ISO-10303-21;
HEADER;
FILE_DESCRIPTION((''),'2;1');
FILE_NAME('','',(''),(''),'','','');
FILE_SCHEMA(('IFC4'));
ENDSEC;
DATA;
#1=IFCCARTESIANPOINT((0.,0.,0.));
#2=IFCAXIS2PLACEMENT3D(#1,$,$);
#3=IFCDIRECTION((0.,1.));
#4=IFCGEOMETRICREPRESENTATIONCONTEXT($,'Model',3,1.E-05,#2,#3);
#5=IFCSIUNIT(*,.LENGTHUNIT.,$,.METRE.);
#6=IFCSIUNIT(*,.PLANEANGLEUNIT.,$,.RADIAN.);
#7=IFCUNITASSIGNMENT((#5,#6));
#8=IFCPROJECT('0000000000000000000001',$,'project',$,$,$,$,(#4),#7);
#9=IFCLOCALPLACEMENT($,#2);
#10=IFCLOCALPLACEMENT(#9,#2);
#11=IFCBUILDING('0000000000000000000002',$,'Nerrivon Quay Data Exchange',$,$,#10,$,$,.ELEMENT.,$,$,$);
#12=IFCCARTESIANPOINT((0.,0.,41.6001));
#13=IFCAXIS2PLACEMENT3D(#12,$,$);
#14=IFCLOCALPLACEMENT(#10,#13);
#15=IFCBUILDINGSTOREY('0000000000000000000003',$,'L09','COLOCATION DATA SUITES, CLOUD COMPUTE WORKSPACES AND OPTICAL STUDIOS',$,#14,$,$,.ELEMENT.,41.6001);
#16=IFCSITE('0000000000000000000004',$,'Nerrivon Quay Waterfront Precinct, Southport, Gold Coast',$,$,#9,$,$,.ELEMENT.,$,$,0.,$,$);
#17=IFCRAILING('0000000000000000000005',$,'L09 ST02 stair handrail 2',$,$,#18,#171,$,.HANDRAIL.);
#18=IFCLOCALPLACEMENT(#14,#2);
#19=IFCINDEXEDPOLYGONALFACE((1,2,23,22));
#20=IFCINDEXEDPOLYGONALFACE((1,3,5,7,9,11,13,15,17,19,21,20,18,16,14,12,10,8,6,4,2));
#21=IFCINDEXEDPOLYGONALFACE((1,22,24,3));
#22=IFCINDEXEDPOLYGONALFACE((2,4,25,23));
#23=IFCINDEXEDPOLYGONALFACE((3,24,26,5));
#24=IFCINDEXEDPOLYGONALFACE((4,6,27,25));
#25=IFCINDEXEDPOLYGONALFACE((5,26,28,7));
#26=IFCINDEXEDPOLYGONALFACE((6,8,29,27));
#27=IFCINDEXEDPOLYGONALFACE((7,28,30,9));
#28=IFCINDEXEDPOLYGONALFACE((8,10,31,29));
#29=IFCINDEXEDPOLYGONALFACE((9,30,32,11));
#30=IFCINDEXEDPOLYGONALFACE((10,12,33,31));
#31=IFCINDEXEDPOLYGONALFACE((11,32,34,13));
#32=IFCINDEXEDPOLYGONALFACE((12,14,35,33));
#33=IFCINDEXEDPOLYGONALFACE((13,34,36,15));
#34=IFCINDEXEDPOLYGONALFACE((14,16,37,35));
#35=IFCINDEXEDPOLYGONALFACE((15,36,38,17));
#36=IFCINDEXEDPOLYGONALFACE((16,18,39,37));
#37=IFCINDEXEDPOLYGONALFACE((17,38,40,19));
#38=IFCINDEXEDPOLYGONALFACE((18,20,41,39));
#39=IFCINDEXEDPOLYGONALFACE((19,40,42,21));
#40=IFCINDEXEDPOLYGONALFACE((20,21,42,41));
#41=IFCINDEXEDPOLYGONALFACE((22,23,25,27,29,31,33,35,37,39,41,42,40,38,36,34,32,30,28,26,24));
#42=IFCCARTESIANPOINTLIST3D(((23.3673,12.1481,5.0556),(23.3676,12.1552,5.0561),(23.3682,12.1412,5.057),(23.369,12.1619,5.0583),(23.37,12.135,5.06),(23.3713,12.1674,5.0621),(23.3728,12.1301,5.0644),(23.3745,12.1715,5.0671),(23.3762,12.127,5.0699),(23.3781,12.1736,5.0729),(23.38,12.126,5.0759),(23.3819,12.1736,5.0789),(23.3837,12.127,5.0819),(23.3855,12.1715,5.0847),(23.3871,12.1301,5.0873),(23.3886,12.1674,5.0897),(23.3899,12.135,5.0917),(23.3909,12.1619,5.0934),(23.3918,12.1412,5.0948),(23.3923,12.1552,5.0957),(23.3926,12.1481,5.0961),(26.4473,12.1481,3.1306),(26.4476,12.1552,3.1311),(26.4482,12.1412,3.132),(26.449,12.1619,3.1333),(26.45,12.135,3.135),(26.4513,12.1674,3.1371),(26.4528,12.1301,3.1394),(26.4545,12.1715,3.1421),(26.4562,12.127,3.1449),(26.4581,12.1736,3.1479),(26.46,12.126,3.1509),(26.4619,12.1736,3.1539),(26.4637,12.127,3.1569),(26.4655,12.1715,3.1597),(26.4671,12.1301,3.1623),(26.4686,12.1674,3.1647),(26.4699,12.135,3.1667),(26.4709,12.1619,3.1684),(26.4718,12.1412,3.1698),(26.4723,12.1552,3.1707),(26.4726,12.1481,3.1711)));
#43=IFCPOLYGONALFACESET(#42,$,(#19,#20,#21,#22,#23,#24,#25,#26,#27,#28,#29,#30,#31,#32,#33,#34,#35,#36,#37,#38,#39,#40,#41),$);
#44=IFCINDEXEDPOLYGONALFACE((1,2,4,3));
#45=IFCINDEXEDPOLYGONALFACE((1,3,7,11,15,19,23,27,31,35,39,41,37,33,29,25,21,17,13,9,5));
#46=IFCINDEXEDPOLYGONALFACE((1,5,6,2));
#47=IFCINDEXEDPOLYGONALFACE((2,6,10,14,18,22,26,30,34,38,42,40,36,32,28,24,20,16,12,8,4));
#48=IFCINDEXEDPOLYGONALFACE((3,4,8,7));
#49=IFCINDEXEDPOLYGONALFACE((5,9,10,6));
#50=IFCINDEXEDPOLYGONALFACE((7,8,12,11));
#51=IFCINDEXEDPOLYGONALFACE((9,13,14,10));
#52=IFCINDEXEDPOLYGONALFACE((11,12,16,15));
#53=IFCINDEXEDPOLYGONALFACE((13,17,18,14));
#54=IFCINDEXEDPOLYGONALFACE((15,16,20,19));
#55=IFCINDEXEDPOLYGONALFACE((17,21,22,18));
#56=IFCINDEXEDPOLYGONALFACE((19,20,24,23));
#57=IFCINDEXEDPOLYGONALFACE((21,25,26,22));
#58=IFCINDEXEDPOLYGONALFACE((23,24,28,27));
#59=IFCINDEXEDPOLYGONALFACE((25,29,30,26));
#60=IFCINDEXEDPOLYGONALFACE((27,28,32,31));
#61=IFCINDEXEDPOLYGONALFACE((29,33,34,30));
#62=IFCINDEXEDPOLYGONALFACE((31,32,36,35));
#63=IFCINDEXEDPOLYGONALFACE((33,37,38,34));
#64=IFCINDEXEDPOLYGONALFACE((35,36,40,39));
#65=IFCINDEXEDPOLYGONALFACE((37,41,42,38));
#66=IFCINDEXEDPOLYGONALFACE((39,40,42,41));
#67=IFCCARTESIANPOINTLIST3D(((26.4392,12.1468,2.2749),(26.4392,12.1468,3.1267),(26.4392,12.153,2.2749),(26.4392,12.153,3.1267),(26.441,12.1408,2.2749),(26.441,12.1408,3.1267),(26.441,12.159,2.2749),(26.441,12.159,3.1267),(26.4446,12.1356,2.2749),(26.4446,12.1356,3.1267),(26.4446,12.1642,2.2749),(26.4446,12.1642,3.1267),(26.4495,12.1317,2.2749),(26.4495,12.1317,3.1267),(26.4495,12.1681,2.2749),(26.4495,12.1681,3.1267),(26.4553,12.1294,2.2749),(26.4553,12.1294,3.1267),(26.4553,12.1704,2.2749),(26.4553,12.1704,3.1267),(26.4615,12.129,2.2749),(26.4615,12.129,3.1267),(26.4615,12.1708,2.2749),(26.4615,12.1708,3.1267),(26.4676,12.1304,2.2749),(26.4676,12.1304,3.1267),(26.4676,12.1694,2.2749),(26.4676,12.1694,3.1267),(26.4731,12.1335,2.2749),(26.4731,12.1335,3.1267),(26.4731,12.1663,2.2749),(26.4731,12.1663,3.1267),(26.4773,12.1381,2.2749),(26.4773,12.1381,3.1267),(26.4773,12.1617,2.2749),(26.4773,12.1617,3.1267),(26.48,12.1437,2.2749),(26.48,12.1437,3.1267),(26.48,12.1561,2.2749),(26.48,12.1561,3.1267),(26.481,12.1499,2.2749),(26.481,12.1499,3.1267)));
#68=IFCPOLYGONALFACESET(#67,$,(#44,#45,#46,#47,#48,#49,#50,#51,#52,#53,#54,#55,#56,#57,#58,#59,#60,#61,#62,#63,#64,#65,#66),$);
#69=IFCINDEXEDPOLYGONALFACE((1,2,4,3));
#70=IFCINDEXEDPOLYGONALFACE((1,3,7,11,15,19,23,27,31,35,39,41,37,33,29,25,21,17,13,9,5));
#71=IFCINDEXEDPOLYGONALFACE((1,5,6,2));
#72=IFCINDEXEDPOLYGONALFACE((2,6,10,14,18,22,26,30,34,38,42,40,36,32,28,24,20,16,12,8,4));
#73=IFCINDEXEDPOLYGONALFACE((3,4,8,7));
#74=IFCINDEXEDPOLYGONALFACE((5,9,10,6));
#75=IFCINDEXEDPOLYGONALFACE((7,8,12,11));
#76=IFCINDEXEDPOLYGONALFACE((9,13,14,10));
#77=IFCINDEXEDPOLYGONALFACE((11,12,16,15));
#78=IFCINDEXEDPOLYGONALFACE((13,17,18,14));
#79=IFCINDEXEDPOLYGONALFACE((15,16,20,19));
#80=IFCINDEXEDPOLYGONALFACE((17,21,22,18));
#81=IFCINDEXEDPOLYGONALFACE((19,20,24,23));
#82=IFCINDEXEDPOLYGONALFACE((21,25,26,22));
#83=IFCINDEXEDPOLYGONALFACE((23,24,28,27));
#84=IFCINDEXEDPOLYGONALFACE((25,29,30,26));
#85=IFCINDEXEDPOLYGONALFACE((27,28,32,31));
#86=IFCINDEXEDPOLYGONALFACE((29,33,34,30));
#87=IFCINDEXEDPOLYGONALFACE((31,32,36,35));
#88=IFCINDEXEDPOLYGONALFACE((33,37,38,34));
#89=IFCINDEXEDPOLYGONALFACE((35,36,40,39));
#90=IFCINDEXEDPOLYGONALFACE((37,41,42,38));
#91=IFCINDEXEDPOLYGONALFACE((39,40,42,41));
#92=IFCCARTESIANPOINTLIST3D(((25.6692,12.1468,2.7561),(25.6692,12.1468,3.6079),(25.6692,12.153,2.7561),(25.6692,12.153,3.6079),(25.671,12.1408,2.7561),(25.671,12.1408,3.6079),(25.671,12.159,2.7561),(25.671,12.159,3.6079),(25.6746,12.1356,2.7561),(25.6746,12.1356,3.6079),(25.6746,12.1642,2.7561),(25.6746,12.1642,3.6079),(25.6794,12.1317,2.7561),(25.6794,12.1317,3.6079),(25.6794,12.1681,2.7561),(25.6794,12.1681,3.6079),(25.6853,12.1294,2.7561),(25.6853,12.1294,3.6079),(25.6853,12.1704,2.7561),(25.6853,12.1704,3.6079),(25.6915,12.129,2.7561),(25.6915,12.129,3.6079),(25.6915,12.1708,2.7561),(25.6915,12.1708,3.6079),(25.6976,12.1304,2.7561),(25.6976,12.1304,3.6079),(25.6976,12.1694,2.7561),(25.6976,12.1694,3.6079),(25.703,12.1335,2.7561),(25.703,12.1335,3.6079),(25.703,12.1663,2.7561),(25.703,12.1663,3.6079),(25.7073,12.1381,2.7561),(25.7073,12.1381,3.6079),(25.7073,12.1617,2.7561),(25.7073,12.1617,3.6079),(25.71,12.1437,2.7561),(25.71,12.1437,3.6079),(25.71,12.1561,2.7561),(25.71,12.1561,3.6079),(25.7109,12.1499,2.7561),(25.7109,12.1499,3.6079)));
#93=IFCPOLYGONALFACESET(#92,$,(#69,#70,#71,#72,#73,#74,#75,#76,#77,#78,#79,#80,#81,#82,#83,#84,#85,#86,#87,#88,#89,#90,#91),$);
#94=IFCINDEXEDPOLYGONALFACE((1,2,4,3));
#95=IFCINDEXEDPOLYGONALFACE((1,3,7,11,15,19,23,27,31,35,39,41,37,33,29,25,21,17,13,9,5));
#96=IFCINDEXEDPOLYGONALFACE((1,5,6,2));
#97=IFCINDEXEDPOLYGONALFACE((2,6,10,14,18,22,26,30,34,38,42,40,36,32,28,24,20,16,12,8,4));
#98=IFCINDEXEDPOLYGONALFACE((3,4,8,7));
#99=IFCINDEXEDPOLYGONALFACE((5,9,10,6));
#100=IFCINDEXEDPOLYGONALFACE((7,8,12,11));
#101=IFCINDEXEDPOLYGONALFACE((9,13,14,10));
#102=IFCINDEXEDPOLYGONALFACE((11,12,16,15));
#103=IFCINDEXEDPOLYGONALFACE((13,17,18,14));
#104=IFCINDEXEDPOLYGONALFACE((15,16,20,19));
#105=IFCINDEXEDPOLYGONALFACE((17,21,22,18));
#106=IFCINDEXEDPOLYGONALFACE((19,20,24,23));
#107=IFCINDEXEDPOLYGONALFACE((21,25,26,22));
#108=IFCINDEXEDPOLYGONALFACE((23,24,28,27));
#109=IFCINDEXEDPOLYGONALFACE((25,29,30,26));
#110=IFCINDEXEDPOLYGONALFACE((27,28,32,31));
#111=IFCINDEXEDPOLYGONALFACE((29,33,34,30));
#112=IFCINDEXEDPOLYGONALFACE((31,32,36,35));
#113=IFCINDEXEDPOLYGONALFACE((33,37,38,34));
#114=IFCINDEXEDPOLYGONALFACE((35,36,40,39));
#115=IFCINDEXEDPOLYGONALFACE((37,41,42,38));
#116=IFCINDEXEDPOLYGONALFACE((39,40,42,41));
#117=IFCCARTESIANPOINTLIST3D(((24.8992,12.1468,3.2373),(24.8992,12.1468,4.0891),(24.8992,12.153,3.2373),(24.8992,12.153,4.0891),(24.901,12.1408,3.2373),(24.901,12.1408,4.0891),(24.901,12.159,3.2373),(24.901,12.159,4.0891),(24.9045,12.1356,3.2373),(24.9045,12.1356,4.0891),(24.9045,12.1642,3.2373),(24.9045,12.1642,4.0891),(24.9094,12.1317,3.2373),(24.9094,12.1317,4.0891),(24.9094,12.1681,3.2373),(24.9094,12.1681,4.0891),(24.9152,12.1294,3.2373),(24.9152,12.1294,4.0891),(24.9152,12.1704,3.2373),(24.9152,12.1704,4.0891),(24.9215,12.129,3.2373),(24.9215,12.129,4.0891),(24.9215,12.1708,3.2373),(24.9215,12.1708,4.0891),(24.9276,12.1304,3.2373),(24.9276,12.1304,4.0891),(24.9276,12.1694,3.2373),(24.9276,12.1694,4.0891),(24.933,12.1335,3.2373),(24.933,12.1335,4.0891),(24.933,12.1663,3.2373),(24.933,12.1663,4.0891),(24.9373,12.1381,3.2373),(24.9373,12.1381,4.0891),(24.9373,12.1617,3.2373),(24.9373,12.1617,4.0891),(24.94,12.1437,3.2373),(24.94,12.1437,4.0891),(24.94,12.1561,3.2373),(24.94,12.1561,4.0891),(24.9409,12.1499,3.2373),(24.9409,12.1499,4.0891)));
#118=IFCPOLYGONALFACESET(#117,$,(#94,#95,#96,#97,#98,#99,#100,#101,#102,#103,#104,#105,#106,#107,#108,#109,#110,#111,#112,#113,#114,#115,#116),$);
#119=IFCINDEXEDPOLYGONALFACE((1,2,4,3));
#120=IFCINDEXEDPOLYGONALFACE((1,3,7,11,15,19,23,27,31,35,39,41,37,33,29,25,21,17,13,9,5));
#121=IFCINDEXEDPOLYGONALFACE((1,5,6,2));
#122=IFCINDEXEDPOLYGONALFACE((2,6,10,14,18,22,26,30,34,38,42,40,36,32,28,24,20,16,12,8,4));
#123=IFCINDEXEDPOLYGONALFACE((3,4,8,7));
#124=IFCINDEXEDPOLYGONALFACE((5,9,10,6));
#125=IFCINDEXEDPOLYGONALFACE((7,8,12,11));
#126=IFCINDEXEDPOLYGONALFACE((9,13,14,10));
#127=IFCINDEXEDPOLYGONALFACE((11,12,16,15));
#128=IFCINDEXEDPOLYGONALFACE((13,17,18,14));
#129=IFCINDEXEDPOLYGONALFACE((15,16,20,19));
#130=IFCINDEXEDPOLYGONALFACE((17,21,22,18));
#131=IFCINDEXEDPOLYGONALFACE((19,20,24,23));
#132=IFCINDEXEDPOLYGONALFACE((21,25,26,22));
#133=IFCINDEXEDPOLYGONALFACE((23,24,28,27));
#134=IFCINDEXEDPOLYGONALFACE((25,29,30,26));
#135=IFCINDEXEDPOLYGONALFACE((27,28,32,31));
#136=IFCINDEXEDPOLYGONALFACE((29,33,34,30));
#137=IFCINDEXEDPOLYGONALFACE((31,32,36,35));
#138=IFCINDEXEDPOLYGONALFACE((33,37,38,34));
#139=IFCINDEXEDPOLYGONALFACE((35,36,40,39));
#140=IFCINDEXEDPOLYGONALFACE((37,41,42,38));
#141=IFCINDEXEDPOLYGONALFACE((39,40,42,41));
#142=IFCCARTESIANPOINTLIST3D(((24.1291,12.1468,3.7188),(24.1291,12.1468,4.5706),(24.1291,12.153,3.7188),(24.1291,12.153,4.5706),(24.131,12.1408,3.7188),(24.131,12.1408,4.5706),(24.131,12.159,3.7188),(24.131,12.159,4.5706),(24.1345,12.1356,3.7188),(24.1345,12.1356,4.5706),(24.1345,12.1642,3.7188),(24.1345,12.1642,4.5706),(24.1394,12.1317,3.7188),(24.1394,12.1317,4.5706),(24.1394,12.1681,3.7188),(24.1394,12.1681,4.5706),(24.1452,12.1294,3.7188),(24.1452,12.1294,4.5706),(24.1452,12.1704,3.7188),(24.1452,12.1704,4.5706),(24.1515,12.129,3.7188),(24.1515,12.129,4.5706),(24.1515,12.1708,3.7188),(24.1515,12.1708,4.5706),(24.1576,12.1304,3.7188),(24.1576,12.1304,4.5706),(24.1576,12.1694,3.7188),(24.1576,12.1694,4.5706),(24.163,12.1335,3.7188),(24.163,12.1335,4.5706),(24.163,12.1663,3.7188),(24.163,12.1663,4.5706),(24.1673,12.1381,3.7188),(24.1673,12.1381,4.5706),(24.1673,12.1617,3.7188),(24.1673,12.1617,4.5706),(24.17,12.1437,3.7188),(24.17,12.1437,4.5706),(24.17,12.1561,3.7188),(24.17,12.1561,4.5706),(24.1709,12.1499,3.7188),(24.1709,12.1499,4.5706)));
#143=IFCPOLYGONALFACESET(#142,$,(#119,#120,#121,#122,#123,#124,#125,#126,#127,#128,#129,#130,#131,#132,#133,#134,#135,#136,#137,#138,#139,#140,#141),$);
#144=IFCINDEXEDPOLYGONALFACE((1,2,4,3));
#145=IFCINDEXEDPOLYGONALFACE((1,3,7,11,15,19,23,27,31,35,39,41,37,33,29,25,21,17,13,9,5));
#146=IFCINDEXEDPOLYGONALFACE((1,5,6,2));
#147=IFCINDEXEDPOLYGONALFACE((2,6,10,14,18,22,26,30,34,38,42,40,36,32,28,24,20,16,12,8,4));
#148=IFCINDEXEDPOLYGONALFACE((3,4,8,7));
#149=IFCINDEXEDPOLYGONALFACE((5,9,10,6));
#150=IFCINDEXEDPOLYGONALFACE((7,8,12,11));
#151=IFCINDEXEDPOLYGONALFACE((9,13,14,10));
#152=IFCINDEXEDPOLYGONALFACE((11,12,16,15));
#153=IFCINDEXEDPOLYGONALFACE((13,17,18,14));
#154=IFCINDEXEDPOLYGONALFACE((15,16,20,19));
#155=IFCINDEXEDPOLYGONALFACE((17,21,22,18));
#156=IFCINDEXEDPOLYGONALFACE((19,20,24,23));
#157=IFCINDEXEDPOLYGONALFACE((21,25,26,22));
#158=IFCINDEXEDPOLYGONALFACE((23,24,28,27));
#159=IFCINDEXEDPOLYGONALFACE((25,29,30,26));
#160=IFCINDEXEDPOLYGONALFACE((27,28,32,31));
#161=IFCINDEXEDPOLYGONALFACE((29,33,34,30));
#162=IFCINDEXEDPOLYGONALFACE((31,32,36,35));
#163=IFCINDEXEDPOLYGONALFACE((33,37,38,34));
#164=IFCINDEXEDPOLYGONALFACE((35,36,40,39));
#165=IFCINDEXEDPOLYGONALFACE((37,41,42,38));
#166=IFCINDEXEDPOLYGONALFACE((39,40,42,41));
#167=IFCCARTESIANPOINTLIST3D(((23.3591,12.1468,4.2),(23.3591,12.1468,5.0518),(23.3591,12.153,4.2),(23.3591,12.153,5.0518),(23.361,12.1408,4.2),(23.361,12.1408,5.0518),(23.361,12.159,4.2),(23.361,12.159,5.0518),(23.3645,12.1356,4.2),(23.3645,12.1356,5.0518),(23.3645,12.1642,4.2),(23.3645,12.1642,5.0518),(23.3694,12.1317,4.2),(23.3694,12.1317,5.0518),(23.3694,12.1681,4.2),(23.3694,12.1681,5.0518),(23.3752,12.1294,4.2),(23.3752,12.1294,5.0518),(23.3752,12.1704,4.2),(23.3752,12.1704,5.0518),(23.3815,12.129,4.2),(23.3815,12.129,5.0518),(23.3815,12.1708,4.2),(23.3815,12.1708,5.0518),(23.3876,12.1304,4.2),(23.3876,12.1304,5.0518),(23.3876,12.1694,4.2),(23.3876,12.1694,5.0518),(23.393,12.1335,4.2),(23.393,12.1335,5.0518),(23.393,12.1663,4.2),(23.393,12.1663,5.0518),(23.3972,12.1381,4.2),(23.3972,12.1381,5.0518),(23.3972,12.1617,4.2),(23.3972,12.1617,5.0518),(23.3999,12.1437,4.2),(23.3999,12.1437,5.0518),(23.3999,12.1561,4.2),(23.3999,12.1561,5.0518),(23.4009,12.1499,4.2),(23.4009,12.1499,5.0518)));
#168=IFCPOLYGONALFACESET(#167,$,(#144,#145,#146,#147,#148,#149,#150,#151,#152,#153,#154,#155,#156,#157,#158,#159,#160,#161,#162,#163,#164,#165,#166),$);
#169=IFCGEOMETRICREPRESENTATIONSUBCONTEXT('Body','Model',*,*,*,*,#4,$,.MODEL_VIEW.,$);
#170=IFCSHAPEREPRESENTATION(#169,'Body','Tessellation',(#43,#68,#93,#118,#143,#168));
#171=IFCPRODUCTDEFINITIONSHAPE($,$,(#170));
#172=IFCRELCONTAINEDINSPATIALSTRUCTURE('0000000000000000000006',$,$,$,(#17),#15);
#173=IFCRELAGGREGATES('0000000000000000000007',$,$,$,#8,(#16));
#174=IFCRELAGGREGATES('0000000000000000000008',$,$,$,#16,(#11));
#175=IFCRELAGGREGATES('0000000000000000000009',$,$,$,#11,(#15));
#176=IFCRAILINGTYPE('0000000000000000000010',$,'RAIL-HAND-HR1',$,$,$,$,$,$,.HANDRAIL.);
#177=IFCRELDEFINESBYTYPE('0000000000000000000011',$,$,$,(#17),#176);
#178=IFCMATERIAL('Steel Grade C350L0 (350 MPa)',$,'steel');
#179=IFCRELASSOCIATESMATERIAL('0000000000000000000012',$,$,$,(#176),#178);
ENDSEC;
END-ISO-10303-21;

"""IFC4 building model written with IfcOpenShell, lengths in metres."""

from ifc_helpers import new_model, si_unit, direction, frame, origin, origin_2d, place, context, subcontext, project, spatial, circle, extrude, material, type_object, element, save


model = new_model("IFC4")

# Units and contexts
model_context = context("Model", 3, precision=1e-05, world=origin(), true_north=direction((0.0, 1.0)))
body_context = subcontext(model_context, "Body", "Model", "MODEL_VIEW")
ifc_project = project(units=[si_unit("LENGTHUNIT", "METRE"), si_unit("PLANEANGLEUNIT", "RADIAN")], contexts=[model_context])

# Site, building, storey
site_placement = place(None, origin())
site = spatial("IfcSite", under=ifc_project, at=site_placement, Name="Nerrivon Quay Waterfront Precinct, Southport, Gold Coast", CompositionType="ELEMENT", RefElevation=0.0)
building_placement = place(site_placement, origin())
building = spatial("IfcBuilding", under=site, at=building_placement, Name="Nerrivon Quay Data Exchange", CompositionType="ELEMENT")
storey_placement = place(building_placement, frame((0.0, 0.0, 41.6001)))
storey = spatial("IfcBuildingStorey", under=building, at=storey_placement, Name="L09", Description="COLOCATION DATA SUITES, CLOUD COMPUTE WORKSPACES AND OPTICAL STUDIOS", CompositionType="ELEMENT", Elevation=41.6001)

# Railing
ifc_material_1 = material(Name="Steel Grade C350L0 (350 MPa)", Category="steel")
railing_type_1 = type_object("IfcRailingType", Name="RAIL-HAND-HR1", PredefinedType="HANDRAIL", material=ifc_material_1)
railing_1_placement = place(storey_placement, frame((26.46, 12.1499, 2.2749)))
element("IfcRailing", 1, at=railing_1_placement, inside=storey, type_object=railing_type_1, Name="L09 ST02 stair handrail 2", PredefinedType="HANDRAIL", context=body_context, shape_type="SweptSolid", body=[
    extrude(circle(Radius=0.0239, at=origin_2d()), frame((0.0, 0.0, 0.876), z_axis=(-0.847998, 0.0, 0.529999), x_axis=(0.0, -1.0, 0.0)), (0.0, 0.0, 1.0), 3.6321),
    extrude(circle(Radius=0.021, at=origin_2d()), origin(), (0.0, 0.0, 1.0), 0.8518),
    extrude(circle(Radius=0.021, at=origin_2d()), frame((-0.77, 0.0, 0.4812)), (0.0, 0.0, 1.0), 0.8518),
    extrude(circle(Radius=0.021, at=origin_2d()), frame((-1.54, 0.0, 0.9624)), (0.0, 0.0, 1.0), 0.8518),
    extrude(circle(Radius=0.021, at=origin_2d()), frame((-2.3101, 0.0, 1.4438)), (0.0, 0.0, 1.0), 0.8518),
    extrude(circle(Radius=0.021, at=origin_2d()), frame((-3.0801, 0.0, 1.925)), (0.0, 0.0, 1.0), 0.8518),
])

save(model, "model.ifc")
